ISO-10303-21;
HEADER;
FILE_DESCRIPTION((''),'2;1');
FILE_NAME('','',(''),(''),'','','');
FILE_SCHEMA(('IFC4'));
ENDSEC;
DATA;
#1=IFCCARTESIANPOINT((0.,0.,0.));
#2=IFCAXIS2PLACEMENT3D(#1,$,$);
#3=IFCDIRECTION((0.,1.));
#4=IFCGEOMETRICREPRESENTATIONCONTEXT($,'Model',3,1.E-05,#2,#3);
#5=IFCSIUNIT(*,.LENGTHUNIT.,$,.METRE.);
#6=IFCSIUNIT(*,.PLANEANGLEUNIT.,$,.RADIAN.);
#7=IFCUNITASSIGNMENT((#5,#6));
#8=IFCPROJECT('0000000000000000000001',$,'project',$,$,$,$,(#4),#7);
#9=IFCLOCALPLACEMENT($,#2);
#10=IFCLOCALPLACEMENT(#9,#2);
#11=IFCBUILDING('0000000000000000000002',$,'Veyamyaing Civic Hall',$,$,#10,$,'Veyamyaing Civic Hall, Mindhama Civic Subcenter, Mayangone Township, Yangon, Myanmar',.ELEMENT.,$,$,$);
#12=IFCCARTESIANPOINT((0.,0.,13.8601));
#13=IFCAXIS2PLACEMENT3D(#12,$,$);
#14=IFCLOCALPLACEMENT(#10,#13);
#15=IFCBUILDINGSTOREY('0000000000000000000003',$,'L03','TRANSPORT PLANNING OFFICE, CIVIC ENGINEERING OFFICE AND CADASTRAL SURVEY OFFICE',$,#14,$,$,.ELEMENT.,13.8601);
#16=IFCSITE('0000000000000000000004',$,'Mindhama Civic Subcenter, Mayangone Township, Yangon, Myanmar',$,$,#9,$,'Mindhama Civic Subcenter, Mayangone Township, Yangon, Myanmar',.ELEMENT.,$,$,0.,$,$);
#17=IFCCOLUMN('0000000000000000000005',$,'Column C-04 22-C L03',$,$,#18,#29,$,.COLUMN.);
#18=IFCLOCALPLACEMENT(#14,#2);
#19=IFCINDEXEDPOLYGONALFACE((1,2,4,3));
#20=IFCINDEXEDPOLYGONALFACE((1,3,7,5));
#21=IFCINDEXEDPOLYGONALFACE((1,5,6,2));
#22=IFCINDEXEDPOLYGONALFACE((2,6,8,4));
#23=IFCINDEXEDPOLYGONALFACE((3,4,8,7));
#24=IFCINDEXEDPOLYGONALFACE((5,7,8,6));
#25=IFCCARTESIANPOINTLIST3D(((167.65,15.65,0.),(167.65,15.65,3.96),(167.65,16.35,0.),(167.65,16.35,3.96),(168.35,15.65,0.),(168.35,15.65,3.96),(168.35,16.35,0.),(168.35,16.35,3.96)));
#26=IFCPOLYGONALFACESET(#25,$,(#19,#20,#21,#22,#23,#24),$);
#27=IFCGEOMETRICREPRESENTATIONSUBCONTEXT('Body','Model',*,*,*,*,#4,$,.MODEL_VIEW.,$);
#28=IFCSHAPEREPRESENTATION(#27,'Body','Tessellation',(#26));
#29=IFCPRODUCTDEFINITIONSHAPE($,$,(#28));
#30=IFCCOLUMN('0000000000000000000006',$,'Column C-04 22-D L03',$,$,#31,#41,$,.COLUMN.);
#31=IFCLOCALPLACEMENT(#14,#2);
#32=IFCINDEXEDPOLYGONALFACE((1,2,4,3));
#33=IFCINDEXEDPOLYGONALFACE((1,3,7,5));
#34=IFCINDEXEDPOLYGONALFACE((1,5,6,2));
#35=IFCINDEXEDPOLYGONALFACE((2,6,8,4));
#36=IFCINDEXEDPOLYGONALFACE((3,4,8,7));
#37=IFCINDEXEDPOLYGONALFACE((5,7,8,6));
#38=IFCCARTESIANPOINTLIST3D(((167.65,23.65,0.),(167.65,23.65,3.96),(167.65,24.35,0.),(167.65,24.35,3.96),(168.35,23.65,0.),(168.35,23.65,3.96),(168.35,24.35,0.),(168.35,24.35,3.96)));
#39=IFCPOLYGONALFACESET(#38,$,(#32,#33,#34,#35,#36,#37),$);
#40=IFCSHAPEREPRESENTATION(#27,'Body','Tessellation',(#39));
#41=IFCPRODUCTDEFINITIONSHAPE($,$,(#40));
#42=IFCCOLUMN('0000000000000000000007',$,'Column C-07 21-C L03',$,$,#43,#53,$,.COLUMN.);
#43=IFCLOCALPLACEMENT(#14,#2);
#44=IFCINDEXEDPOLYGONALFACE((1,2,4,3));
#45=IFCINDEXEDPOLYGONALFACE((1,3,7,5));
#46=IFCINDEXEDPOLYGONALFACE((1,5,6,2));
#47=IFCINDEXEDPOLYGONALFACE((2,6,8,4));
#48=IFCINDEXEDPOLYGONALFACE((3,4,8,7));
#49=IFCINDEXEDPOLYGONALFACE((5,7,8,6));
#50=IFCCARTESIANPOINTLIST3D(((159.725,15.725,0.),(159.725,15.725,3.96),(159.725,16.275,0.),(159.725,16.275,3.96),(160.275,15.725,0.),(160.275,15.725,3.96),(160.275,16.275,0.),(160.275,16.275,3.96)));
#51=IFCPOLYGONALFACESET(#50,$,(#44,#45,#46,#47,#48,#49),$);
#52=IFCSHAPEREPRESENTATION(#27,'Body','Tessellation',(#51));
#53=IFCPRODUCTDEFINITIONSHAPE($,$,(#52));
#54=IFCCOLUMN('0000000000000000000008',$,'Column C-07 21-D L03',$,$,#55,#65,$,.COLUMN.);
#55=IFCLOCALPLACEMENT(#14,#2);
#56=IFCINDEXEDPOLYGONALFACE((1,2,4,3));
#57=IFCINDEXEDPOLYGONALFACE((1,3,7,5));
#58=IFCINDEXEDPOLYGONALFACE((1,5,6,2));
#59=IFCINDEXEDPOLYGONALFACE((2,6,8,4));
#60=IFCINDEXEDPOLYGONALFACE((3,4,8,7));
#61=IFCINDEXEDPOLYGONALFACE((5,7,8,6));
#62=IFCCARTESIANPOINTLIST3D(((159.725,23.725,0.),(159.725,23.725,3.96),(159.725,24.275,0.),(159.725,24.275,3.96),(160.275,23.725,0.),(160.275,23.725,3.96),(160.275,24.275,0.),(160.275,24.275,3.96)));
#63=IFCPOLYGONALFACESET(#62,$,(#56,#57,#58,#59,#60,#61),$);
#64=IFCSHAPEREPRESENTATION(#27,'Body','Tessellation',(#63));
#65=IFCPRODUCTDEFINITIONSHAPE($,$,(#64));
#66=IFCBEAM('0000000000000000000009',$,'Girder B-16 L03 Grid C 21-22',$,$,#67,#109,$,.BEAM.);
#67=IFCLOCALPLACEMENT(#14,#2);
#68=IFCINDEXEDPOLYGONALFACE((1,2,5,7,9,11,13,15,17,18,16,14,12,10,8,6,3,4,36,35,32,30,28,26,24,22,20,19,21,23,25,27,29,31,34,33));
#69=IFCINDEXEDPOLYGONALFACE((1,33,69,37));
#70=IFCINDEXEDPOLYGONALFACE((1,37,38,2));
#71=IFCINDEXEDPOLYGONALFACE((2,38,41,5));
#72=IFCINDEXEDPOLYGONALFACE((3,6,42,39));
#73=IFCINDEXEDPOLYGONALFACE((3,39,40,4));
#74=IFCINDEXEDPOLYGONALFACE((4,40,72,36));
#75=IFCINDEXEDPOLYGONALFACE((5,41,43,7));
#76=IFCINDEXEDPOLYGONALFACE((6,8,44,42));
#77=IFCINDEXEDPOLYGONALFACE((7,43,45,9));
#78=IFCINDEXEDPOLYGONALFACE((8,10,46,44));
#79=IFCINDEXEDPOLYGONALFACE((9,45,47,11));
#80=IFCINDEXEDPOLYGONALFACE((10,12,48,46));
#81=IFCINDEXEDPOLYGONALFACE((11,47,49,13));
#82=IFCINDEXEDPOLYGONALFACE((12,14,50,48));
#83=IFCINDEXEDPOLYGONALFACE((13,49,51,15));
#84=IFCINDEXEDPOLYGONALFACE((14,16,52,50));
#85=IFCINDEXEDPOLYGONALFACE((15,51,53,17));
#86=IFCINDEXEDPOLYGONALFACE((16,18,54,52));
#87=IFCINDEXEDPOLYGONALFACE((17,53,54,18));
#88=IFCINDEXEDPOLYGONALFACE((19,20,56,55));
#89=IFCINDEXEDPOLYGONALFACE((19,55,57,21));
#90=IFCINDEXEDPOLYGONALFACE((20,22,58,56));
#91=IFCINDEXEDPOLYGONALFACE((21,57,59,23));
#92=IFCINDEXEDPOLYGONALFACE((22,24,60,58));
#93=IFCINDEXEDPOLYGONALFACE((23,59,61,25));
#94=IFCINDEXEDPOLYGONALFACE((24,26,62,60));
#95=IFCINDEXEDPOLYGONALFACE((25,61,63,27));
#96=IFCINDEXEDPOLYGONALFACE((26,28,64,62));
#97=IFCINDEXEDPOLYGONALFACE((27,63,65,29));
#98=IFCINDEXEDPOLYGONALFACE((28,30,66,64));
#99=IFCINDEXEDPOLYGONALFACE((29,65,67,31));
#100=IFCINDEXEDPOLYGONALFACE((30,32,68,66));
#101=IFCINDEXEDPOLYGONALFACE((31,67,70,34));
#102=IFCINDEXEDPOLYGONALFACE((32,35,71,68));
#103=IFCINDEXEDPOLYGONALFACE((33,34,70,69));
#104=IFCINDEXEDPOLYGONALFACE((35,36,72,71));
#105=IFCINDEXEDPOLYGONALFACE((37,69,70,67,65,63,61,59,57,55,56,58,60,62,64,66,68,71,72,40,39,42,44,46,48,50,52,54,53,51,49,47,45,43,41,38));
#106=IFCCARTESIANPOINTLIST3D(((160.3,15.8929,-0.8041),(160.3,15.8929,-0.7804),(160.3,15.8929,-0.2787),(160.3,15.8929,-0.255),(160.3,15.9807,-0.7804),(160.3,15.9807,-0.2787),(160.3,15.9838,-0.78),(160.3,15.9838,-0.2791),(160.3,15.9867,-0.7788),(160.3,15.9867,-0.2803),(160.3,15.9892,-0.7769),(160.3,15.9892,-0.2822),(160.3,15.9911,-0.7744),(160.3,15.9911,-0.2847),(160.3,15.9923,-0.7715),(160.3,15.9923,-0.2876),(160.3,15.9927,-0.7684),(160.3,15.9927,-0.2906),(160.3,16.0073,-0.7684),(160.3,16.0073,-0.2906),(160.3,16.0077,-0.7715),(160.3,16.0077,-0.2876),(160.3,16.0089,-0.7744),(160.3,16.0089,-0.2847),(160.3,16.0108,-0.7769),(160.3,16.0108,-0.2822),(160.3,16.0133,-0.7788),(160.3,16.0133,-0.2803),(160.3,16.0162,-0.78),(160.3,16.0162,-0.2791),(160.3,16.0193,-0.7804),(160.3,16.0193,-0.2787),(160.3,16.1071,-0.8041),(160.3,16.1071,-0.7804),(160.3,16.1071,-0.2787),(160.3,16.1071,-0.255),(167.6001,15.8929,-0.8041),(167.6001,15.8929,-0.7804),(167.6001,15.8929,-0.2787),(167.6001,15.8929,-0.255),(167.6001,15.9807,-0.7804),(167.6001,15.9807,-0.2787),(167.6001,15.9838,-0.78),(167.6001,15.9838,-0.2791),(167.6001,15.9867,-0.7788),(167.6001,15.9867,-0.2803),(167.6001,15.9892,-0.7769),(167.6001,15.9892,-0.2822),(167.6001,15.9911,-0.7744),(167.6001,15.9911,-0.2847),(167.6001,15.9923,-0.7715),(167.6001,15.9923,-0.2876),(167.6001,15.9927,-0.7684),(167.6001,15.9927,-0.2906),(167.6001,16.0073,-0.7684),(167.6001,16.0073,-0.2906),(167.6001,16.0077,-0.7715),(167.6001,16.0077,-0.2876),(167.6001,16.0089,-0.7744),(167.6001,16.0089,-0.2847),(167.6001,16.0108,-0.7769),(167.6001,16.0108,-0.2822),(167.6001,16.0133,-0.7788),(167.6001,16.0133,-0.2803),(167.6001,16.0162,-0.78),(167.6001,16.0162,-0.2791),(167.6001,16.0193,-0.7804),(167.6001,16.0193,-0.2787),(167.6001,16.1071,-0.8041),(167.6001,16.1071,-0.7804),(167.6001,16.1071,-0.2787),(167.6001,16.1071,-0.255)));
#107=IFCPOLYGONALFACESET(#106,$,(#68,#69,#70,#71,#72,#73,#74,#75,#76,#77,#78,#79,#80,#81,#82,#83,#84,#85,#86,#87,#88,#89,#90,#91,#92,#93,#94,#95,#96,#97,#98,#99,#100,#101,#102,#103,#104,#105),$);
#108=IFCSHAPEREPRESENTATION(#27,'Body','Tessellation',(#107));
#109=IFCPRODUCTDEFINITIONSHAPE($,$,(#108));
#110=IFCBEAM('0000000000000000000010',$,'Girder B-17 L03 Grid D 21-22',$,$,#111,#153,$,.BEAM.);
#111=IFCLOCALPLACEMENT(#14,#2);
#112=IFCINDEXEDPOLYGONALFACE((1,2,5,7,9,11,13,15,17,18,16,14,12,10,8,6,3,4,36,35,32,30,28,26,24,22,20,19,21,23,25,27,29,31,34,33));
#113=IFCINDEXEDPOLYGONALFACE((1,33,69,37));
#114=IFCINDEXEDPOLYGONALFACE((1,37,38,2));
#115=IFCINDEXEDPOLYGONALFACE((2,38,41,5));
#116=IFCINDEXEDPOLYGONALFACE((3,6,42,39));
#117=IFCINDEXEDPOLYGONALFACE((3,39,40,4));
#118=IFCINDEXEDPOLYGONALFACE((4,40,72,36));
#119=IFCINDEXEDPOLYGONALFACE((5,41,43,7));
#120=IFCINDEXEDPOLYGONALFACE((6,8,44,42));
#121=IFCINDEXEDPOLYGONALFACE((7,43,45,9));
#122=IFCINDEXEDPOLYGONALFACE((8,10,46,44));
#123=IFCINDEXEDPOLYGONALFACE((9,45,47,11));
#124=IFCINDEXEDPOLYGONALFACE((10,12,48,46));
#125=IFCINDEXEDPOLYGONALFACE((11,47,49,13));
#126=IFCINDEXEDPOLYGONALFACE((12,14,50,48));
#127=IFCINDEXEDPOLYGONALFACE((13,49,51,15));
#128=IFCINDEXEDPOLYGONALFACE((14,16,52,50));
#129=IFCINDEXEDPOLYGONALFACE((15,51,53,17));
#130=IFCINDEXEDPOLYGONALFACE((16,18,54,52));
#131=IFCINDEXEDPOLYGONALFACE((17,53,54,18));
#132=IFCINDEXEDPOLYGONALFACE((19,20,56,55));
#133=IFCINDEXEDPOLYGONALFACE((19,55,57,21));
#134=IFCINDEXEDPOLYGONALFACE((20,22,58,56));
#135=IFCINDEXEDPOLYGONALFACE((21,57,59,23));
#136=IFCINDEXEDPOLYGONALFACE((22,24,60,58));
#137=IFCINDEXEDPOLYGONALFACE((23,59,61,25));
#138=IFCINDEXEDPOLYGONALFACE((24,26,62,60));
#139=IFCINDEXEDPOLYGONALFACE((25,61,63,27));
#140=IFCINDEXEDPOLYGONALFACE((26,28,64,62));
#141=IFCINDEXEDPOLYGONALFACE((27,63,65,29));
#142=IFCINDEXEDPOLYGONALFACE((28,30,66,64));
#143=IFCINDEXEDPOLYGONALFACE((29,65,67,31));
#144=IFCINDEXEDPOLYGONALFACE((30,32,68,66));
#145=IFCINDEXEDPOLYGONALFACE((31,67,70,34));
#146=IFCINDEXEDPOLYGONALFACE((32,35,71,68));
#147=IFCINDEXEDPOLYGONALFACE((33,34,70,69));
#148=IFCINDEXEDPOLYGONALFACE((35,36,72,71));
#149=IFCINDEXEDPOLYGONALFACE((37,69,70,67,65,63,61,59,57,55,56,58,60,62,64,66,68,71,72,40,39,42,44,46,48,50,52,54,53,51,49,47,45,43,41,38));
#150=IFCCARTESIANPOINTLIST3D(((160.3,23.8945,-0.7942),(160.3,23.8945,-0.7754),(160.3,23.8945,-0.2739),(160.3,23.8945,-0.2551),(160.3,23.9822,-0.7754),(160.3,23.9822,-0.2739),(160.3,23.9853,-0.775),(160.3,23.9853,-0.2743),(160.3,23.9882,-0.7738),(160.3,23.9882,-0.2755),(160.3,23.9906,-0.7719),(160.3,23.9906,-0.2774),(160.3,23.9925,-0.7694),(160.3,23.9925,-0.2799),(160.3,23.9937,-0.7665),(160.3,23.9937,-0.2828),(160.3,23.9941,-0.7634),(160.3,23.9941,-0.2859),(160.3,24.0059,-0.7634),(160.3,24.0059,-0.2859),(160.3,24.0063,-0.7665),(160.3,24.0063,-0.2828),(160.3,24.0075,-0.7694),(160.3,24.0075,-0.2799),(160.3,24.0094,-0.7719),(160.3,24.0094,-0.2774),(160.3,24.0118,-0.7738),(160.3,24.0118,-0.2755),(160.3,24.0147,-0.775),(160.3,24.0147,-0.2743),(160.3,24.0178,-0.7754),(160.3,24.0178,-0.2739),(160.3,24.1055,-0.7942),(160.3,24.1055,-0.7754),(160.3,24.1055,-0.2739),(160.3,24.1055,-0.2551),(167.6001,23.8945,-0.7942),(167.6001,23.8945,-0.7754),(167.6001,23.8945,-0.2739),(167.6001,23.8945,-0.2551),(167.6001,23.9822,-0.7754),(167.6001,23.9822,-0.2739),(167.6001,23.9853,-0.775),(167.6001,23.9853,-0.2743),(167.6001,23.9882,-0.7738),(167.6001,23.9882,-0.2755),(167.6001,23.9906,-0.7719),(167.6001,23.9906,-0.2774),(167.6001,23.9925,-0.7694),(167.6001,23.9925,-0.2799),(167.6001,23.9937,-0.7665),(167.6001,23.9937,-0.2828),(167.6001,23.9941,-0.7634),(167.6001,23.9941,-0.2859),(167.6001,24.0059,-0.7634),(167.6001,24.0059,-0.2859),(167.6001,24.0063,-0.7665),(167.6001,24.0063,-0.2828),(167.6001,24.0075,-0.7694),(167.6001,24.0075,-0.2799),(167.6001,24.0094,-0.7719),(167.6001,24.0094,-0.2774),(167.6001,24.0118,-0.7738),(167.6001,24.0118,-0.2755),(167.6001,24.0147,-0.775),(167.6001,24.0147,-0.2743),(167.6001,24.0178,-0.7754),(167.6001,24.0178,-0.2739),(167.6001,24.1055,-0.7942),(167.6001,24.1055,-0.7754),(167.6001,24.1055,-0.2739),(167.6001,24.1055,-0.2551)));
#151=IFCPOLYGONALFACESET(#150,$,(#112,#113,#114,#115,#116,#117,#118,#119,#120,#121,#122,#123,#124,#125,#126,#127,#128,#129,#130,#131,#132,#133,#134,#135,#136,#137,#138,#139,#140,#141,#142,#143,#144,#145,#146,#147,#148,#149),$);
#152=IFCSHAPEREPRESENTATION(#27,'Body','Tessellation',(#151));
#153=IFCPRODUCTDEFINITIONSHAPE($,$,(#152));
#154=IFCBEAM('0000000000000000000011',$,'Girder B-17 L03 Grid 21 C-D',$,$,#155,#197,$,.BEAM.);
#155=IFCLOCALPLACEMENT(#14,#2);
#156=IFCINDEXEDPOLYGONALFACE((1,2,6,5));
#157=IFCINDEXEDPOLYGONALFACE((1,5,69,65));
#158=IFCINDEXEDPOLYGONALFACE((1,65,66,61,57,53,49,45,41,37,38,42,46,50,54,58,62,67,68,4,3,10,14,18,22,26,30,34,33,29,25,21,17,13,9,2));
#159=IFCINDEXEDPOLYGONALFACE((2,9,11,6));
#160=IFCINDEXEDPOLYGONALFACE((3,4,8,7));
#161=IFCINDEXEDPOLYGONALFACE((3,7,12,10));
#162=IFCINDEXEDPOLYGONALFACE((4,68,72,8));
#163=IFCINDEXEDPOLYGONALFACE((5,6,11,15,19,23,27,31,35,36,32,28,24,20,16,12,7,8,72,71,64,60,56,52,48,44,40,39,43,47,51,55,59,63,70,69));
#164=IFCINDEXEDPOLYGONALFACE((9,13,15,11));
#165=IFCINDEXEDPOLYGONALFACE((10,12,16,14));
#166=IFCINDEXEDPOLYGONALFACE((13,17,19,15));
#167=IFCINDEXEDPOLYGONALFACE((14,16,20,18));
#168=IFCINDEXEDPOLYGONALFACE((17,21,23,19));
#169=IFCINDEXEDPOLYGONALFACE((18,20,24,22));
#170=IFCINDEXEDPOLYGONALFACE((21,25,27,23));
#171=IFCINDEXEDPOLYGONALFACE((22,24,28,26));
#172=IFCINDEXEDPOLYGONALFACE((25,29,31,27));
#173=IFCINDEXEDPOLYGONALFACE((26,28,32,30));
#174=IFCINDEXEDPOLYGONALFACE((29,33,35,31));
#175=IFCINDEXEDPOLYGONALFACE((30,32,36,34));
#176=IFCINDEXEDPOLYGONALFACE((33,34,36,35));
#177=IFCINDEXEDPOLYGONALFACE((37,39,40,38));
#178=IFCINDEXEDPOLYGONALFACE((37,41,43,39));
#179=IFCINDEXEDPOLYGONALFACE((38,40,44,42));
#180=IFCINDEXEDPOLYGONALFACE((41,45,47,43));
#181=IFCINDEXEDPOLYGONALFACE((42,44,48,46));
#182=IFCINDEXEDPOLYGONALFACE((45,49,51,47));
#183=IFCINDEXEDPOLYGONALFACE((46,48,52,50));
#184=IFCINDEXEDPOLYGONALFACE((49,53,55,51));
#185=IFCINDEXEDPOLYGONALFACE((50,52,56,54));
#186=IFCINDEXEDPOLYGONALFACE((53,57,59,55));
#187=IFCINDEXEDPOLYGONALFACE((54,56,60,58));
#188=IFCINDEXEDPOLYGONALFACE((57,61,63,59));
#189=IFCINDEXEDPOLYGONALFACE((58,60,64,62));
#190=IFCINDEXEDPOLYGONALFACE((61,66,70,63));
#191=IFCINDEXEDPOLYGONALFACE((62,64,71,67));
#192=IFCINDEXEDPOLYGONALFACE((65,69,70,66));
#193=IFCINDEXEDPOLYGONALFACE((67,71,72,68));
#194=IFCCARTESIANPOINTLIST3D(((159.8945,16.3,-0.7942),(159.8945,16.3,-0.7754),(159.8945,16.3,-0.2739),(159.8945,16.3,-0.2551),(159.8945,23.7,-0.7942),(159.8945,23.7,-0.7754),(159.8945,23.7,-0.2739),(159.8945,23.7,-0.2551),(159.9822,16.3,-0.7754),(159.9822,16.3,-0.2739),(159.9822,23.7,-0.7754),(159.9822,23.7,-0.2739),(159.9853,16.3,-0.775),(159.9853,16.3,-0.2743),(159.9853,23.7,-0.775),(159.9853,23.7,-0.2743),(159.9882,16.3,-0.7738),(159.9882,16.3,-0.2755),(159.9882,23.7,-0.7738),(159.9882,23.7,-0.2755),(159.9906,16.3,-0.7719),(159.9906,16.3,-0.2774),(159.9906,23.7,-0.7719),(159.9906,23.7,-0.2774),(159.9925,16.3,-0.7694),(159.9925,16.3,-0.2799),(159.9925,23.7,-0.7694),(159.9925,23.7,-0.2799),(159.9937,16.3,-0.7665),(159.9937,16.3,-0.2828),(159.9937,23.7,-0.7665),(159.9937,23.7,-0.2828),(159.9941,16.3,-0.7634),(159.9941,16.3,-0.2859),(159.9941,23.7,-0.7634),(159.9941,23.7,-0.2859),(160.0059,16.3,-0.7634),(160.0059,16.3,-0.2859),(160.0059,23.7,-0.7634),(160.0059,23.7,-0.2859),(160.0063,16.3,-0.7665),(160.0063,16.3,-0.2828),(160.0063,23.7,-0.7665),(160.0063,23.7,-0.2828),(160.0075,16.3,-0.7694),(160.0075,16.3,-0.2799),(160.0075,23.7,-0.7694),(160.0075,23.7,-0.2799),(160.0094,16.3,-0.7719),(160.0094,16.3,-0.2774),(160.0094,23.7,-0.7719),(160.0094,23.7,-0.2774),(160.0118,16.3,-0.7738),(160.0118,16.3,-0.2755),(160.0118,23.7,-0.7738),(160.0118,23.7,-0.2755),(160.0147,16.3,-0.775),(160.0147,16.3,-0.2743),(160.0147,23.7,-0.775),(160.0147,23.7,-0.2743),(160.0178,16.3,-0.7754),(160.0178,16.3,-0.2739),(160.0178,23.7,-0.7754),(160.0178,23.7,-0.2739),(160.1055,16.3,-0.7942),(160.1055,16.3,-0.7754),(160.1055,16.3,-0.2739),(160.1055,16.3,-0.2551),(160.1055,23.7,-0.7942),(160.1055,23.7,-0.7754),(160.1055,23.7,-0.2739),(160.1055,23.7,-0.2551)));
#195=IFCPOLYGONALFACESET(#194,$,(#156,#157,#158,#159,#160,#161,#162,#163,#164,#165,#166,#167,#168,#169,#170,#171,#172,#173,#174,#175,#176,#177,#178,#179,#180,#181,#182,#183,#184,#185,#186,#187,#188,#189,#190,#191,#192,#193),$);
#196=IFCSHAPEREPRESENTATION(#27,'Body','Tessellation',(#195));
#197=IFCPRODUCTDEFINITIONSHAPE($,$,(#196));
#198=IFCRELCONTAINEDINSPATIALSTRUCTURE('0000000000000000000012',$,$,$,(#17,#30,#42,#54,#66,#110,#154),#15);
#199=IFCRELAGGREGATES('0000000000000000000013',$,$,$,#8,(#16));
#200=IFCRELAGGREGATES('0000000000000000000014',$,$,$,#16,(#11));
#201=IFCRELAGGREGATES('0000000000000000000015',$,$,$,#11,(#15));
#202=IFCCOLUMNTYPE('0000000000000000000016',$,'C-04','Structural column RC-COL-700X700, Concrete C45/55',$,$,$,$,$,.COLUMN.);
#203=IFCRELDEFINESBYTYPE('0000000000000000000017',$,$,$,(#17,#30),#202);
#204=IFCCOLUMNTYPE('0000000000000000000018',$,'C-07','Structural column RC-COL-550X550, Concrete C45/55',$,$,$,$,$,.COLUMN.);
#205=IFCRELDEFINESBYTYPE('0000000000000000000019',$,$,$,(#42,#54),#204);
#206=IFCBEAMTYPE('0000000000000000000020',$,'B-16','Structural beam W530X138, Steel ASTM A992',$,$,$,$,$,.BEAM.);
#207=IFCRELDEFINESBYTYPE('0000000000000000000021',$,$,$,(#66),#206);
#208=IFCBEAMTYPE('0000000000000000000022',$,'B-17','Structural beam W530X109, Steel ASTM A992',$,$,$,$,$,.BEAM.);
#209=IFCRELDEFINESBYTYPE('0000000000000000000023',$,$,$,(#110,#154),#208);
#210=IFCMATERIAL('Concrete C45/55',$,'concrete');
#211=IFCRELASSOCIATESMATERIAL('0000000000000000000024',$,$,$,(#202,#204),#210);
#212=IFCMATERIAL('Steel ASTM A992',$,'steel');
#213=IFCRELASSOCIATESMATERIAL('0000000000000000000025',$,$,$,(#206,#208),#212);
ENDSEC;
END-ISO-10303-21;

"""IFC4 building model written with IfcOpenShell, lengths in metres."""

from ifc_helpers import new_model, si_unit, direction, frame, origin, origin_2d, place, context, subcontext, project, spatial, rectangle, i_section, extrude, material, material_profile, profile_set, type_object, element, save


model = new_model("IFC4")

# Units and contexts
model_context = context("Model", 3, precision=1e-05, world=origin(), true_north=direction((0.0, 1.0)))
body_context = subcontext(model_context, "Body", "Model", "MODEL_VIEW")
ifc_project = project(units=[si_unit("LENGTHUNIT", "METRE"), si_unit("PLANEANGLEUNIT", "RADIAN")], contexts=[model_context])

# Site, building, storey
site_placement = place(None, origin())
site = spatial("IfcSite", under=ifc_project, at=site_placement, Name="Mindhama Civic Subcenter, Mayangone Township, Yangon, Myanmar", LongName="Mindhama Civic Subcenter, Mayangone Township, Yangon, Myanmar", CompositionType="ELEMENT", RefElevation=0.0)
building_placement = place(site_placement, origin())
building = spatial("IfcBuilding", under=site, at=building_placement, Name="Veyamyaing Civic Hall", LongName="Veyamyaing Civic Hall, Mindhama Civic Subcenter, Mayangone Township, Yangon, Myanmar", CompositionType="ELEMENT")
storey_placement = place(building_placement, frame((0.0, 0.0, 13.8601)))
storey = spatial("IfcBuildingStorey", under=building, at=storey_placement, Name="L03", Description="TRANSPORT PLANNING OFFICE, CIVIC ENGINEERING OFFICE AND CADASTRAL SURVEY OFFICE", CompositionType="ELEMENT", Elevation=13.8601)

# Columns
ifc_material_1 = material(Name="Concrete C45/55", Category="concrete")
ifc_material_profile_1 = material_profile(ifc_material_1, rectangle(XDim=0.7, YDim=0.7, at=origin_2d()), Name="RC-COL-700X700")
ifc_profile_set_1 = profile_set([ifc_material_profile_1], Name="Concrete C45/55")
column_type_1 = type_object("IfcColumnType", Name="C-04", Description="Structural column RC-COL-700X700, Concrete C45/55", PredefinedType="COLUMN", material=ifc_profile_set_1)
for number, where, z_axis, x_axis, name in (
    (1, (168.0, 16.0, 0.0), (0.0, 0.0, 1.0), (1.0, 0.0, 0.0), "Column C-04 22-C L03"),
    (2, (168.0, 24.0, 0.0), (0.0, 0.0, 1.0), (1.0, 0.0, 0.0), "Column C-04 22-D L03"),
):
    element("IfcColumn", number, at=place(storey_placement, frame(where, z_axis=z_axis, x_axis=x_axis)), inside=storey, type_object=column_type_1, Name=name, PredefinedType="COLUMN", context=body_context, shape_type="SweptSolid", body=[
        extrude(rectangle(XDim=0.7, YDim=0.7, at=origin_2d()), origin(), (0.0, 0.0, 1.0), 3.96),
    ])
ifc_material_profile_2 = material_profile(ifc_material_1, rectangle(XDim=0.55, YDim=0.55, at=origin_2d()), Name="RC-COL-550X550")
ifc_profile_set_2 = profile_set([ifc_material_profile_2], Name="Concrete C45/55")
column_type_2 = type_object("IfcColumnType", Name="C-07", Description="Structural column RC-COL-550X550, Concrete C45/55", PredefinedType="COLUMN", material=ifc_profile_set_2)
for number, where, z_axis, x_axis, name in (
    (3, (160.0, 16.0, 0.0), (0.0, 0.0, 1.0), (1.0, 0.0, 0.0), "Column C-07 21-C L03"),
    (4, (160.0, 24.0, 0.0), (0.0, 0.0, 1.0), (1.0, 0.0, 0.0), "Column C-07 21-D L03"),
):
    element("IfcColumn", number, at=place(storey_placement, frame(where, z_axis=z_axis, x_axis=x_axis)), inside=storey, type_object=column_type_2, Name=name, PredefinedType="COLUMN", context=body_context, shape_type="SweptSolid", body=[
        extrude(rectangle(XDim=0.55, YDim=0.55, at=origin_2d()), origin(), (0.0, 0.0, 1.0), 3.96),
    ])

# Beams
ifc_material_2 = material(Name="Steel ASTM A992", Category="steel")
ifc_material_profile_3 = material_profile(ifc_material_2, i_section(OverallWidth=0.2141, OverallDepth=0.5491, WebThickness=0.0146, FlangeThickness=0.0237, FilletRadius=0.012, at=origin_2d()), Name="W530X138")
ifc_profile_set_3 = profile_set([ifc_material_profile_3], Name="Steel ASTM A992")
beam_type_1 = type_object("IfcBeamType", Name="B-16", Description="Structural beam W530X138, Steel ASTM A992", PredefinedType="BEAM", material=ifc_profile_set_3)
beam_1_placement = place(storey_placement, frame((160.3, 16.0, -0.5295), z_axis=(1.0, 0.0, 0.0), x_axis=(0.0, 1.0, 0.0)))
element("IfcBeam", 5, at=beam_1_placement, inside=storey, type_object=beam_type_1, Name="Girder B-16 L03 Grid C 21-22", PredefinedType="BEAM", context=body_context, shape_type="SweptSolid", body=[
    extrude(i_section(OverallWidth=0.2141, OverallDepth=0.5491, WebThickness=0.0146, FlangeThickness=0.0237, FilletRadius=0.012, at=origin_2d()), origin(), (0.0, 0.0, 1.0), 7.3),
])
ifc_material_profile_4 = material_profile(ifc_material_2, i_section(OverallWidth=0.2109, OverallDepth=0.5391, WebThickness=0.0117, FlangeThickness=0.0188, FilletRadius=0.012, at=origin_2d()), Name="W530X109")
ifc_profile_set_4 = profile_set([ifc_material_profile_4], Name="Steel ASTM A992")
beam_type_2 = type_object("IfcBeamType", Name="B-17", Description="Structural beam W530X109, Steel ASTM A992", PredefinedType="BEAM", material=ifc_profile_set_4)
beam_2_placement = place(storey_placement, frame((160.3, 24.0, -0.5247), z_axis=(1.0, 0.0, 0.0), x_axis=(0.0, 1.0, 0.0)))
element("IfcBeam", 6, at=beam_2_placement, inside=storey, type_object=beam_type_2, Name="Girder B-17 L03 Grid D 21-22", PredefinedType="BEAM", context=body_context, shape_type="SweptSolid", body=[
    extrude(i_section(OverallWidth=0.2109, OverallDepth=0.5391, WebThickness=0.0117, FlangeThickness=0.0188, FilletRadius=0.012, at=origin_2d()), origin(), (0.0, 0.0, 1.0), 7.3),
])
beam_3_placement = place(storey_placement, frame((160.0, 16.3, -0.5247), z_axis=(0.0, 1.0, 0.0), x_axis=(-1.0, 0.0, 0.0)))
element("IfcBeam", 7, at=beam_3_placement, inside=storey, type_object=beam_type_2, Name="Girder B-17 L03 Grid 21 C-D", PredefinedType="BEAM", context=body_context, shape_type="SweptSolid", body=[
    extrude(i_section(OverallWidth=0.2109, OverallDepth=0.5391, WebThickness=0.0117, FlangeThickness=0.0188, FilletRadius=0.012, at=origin_2d()), origin(), (0.0, 0.0, 1.0), 7.3999),
])

save(model, "model.ifc")
